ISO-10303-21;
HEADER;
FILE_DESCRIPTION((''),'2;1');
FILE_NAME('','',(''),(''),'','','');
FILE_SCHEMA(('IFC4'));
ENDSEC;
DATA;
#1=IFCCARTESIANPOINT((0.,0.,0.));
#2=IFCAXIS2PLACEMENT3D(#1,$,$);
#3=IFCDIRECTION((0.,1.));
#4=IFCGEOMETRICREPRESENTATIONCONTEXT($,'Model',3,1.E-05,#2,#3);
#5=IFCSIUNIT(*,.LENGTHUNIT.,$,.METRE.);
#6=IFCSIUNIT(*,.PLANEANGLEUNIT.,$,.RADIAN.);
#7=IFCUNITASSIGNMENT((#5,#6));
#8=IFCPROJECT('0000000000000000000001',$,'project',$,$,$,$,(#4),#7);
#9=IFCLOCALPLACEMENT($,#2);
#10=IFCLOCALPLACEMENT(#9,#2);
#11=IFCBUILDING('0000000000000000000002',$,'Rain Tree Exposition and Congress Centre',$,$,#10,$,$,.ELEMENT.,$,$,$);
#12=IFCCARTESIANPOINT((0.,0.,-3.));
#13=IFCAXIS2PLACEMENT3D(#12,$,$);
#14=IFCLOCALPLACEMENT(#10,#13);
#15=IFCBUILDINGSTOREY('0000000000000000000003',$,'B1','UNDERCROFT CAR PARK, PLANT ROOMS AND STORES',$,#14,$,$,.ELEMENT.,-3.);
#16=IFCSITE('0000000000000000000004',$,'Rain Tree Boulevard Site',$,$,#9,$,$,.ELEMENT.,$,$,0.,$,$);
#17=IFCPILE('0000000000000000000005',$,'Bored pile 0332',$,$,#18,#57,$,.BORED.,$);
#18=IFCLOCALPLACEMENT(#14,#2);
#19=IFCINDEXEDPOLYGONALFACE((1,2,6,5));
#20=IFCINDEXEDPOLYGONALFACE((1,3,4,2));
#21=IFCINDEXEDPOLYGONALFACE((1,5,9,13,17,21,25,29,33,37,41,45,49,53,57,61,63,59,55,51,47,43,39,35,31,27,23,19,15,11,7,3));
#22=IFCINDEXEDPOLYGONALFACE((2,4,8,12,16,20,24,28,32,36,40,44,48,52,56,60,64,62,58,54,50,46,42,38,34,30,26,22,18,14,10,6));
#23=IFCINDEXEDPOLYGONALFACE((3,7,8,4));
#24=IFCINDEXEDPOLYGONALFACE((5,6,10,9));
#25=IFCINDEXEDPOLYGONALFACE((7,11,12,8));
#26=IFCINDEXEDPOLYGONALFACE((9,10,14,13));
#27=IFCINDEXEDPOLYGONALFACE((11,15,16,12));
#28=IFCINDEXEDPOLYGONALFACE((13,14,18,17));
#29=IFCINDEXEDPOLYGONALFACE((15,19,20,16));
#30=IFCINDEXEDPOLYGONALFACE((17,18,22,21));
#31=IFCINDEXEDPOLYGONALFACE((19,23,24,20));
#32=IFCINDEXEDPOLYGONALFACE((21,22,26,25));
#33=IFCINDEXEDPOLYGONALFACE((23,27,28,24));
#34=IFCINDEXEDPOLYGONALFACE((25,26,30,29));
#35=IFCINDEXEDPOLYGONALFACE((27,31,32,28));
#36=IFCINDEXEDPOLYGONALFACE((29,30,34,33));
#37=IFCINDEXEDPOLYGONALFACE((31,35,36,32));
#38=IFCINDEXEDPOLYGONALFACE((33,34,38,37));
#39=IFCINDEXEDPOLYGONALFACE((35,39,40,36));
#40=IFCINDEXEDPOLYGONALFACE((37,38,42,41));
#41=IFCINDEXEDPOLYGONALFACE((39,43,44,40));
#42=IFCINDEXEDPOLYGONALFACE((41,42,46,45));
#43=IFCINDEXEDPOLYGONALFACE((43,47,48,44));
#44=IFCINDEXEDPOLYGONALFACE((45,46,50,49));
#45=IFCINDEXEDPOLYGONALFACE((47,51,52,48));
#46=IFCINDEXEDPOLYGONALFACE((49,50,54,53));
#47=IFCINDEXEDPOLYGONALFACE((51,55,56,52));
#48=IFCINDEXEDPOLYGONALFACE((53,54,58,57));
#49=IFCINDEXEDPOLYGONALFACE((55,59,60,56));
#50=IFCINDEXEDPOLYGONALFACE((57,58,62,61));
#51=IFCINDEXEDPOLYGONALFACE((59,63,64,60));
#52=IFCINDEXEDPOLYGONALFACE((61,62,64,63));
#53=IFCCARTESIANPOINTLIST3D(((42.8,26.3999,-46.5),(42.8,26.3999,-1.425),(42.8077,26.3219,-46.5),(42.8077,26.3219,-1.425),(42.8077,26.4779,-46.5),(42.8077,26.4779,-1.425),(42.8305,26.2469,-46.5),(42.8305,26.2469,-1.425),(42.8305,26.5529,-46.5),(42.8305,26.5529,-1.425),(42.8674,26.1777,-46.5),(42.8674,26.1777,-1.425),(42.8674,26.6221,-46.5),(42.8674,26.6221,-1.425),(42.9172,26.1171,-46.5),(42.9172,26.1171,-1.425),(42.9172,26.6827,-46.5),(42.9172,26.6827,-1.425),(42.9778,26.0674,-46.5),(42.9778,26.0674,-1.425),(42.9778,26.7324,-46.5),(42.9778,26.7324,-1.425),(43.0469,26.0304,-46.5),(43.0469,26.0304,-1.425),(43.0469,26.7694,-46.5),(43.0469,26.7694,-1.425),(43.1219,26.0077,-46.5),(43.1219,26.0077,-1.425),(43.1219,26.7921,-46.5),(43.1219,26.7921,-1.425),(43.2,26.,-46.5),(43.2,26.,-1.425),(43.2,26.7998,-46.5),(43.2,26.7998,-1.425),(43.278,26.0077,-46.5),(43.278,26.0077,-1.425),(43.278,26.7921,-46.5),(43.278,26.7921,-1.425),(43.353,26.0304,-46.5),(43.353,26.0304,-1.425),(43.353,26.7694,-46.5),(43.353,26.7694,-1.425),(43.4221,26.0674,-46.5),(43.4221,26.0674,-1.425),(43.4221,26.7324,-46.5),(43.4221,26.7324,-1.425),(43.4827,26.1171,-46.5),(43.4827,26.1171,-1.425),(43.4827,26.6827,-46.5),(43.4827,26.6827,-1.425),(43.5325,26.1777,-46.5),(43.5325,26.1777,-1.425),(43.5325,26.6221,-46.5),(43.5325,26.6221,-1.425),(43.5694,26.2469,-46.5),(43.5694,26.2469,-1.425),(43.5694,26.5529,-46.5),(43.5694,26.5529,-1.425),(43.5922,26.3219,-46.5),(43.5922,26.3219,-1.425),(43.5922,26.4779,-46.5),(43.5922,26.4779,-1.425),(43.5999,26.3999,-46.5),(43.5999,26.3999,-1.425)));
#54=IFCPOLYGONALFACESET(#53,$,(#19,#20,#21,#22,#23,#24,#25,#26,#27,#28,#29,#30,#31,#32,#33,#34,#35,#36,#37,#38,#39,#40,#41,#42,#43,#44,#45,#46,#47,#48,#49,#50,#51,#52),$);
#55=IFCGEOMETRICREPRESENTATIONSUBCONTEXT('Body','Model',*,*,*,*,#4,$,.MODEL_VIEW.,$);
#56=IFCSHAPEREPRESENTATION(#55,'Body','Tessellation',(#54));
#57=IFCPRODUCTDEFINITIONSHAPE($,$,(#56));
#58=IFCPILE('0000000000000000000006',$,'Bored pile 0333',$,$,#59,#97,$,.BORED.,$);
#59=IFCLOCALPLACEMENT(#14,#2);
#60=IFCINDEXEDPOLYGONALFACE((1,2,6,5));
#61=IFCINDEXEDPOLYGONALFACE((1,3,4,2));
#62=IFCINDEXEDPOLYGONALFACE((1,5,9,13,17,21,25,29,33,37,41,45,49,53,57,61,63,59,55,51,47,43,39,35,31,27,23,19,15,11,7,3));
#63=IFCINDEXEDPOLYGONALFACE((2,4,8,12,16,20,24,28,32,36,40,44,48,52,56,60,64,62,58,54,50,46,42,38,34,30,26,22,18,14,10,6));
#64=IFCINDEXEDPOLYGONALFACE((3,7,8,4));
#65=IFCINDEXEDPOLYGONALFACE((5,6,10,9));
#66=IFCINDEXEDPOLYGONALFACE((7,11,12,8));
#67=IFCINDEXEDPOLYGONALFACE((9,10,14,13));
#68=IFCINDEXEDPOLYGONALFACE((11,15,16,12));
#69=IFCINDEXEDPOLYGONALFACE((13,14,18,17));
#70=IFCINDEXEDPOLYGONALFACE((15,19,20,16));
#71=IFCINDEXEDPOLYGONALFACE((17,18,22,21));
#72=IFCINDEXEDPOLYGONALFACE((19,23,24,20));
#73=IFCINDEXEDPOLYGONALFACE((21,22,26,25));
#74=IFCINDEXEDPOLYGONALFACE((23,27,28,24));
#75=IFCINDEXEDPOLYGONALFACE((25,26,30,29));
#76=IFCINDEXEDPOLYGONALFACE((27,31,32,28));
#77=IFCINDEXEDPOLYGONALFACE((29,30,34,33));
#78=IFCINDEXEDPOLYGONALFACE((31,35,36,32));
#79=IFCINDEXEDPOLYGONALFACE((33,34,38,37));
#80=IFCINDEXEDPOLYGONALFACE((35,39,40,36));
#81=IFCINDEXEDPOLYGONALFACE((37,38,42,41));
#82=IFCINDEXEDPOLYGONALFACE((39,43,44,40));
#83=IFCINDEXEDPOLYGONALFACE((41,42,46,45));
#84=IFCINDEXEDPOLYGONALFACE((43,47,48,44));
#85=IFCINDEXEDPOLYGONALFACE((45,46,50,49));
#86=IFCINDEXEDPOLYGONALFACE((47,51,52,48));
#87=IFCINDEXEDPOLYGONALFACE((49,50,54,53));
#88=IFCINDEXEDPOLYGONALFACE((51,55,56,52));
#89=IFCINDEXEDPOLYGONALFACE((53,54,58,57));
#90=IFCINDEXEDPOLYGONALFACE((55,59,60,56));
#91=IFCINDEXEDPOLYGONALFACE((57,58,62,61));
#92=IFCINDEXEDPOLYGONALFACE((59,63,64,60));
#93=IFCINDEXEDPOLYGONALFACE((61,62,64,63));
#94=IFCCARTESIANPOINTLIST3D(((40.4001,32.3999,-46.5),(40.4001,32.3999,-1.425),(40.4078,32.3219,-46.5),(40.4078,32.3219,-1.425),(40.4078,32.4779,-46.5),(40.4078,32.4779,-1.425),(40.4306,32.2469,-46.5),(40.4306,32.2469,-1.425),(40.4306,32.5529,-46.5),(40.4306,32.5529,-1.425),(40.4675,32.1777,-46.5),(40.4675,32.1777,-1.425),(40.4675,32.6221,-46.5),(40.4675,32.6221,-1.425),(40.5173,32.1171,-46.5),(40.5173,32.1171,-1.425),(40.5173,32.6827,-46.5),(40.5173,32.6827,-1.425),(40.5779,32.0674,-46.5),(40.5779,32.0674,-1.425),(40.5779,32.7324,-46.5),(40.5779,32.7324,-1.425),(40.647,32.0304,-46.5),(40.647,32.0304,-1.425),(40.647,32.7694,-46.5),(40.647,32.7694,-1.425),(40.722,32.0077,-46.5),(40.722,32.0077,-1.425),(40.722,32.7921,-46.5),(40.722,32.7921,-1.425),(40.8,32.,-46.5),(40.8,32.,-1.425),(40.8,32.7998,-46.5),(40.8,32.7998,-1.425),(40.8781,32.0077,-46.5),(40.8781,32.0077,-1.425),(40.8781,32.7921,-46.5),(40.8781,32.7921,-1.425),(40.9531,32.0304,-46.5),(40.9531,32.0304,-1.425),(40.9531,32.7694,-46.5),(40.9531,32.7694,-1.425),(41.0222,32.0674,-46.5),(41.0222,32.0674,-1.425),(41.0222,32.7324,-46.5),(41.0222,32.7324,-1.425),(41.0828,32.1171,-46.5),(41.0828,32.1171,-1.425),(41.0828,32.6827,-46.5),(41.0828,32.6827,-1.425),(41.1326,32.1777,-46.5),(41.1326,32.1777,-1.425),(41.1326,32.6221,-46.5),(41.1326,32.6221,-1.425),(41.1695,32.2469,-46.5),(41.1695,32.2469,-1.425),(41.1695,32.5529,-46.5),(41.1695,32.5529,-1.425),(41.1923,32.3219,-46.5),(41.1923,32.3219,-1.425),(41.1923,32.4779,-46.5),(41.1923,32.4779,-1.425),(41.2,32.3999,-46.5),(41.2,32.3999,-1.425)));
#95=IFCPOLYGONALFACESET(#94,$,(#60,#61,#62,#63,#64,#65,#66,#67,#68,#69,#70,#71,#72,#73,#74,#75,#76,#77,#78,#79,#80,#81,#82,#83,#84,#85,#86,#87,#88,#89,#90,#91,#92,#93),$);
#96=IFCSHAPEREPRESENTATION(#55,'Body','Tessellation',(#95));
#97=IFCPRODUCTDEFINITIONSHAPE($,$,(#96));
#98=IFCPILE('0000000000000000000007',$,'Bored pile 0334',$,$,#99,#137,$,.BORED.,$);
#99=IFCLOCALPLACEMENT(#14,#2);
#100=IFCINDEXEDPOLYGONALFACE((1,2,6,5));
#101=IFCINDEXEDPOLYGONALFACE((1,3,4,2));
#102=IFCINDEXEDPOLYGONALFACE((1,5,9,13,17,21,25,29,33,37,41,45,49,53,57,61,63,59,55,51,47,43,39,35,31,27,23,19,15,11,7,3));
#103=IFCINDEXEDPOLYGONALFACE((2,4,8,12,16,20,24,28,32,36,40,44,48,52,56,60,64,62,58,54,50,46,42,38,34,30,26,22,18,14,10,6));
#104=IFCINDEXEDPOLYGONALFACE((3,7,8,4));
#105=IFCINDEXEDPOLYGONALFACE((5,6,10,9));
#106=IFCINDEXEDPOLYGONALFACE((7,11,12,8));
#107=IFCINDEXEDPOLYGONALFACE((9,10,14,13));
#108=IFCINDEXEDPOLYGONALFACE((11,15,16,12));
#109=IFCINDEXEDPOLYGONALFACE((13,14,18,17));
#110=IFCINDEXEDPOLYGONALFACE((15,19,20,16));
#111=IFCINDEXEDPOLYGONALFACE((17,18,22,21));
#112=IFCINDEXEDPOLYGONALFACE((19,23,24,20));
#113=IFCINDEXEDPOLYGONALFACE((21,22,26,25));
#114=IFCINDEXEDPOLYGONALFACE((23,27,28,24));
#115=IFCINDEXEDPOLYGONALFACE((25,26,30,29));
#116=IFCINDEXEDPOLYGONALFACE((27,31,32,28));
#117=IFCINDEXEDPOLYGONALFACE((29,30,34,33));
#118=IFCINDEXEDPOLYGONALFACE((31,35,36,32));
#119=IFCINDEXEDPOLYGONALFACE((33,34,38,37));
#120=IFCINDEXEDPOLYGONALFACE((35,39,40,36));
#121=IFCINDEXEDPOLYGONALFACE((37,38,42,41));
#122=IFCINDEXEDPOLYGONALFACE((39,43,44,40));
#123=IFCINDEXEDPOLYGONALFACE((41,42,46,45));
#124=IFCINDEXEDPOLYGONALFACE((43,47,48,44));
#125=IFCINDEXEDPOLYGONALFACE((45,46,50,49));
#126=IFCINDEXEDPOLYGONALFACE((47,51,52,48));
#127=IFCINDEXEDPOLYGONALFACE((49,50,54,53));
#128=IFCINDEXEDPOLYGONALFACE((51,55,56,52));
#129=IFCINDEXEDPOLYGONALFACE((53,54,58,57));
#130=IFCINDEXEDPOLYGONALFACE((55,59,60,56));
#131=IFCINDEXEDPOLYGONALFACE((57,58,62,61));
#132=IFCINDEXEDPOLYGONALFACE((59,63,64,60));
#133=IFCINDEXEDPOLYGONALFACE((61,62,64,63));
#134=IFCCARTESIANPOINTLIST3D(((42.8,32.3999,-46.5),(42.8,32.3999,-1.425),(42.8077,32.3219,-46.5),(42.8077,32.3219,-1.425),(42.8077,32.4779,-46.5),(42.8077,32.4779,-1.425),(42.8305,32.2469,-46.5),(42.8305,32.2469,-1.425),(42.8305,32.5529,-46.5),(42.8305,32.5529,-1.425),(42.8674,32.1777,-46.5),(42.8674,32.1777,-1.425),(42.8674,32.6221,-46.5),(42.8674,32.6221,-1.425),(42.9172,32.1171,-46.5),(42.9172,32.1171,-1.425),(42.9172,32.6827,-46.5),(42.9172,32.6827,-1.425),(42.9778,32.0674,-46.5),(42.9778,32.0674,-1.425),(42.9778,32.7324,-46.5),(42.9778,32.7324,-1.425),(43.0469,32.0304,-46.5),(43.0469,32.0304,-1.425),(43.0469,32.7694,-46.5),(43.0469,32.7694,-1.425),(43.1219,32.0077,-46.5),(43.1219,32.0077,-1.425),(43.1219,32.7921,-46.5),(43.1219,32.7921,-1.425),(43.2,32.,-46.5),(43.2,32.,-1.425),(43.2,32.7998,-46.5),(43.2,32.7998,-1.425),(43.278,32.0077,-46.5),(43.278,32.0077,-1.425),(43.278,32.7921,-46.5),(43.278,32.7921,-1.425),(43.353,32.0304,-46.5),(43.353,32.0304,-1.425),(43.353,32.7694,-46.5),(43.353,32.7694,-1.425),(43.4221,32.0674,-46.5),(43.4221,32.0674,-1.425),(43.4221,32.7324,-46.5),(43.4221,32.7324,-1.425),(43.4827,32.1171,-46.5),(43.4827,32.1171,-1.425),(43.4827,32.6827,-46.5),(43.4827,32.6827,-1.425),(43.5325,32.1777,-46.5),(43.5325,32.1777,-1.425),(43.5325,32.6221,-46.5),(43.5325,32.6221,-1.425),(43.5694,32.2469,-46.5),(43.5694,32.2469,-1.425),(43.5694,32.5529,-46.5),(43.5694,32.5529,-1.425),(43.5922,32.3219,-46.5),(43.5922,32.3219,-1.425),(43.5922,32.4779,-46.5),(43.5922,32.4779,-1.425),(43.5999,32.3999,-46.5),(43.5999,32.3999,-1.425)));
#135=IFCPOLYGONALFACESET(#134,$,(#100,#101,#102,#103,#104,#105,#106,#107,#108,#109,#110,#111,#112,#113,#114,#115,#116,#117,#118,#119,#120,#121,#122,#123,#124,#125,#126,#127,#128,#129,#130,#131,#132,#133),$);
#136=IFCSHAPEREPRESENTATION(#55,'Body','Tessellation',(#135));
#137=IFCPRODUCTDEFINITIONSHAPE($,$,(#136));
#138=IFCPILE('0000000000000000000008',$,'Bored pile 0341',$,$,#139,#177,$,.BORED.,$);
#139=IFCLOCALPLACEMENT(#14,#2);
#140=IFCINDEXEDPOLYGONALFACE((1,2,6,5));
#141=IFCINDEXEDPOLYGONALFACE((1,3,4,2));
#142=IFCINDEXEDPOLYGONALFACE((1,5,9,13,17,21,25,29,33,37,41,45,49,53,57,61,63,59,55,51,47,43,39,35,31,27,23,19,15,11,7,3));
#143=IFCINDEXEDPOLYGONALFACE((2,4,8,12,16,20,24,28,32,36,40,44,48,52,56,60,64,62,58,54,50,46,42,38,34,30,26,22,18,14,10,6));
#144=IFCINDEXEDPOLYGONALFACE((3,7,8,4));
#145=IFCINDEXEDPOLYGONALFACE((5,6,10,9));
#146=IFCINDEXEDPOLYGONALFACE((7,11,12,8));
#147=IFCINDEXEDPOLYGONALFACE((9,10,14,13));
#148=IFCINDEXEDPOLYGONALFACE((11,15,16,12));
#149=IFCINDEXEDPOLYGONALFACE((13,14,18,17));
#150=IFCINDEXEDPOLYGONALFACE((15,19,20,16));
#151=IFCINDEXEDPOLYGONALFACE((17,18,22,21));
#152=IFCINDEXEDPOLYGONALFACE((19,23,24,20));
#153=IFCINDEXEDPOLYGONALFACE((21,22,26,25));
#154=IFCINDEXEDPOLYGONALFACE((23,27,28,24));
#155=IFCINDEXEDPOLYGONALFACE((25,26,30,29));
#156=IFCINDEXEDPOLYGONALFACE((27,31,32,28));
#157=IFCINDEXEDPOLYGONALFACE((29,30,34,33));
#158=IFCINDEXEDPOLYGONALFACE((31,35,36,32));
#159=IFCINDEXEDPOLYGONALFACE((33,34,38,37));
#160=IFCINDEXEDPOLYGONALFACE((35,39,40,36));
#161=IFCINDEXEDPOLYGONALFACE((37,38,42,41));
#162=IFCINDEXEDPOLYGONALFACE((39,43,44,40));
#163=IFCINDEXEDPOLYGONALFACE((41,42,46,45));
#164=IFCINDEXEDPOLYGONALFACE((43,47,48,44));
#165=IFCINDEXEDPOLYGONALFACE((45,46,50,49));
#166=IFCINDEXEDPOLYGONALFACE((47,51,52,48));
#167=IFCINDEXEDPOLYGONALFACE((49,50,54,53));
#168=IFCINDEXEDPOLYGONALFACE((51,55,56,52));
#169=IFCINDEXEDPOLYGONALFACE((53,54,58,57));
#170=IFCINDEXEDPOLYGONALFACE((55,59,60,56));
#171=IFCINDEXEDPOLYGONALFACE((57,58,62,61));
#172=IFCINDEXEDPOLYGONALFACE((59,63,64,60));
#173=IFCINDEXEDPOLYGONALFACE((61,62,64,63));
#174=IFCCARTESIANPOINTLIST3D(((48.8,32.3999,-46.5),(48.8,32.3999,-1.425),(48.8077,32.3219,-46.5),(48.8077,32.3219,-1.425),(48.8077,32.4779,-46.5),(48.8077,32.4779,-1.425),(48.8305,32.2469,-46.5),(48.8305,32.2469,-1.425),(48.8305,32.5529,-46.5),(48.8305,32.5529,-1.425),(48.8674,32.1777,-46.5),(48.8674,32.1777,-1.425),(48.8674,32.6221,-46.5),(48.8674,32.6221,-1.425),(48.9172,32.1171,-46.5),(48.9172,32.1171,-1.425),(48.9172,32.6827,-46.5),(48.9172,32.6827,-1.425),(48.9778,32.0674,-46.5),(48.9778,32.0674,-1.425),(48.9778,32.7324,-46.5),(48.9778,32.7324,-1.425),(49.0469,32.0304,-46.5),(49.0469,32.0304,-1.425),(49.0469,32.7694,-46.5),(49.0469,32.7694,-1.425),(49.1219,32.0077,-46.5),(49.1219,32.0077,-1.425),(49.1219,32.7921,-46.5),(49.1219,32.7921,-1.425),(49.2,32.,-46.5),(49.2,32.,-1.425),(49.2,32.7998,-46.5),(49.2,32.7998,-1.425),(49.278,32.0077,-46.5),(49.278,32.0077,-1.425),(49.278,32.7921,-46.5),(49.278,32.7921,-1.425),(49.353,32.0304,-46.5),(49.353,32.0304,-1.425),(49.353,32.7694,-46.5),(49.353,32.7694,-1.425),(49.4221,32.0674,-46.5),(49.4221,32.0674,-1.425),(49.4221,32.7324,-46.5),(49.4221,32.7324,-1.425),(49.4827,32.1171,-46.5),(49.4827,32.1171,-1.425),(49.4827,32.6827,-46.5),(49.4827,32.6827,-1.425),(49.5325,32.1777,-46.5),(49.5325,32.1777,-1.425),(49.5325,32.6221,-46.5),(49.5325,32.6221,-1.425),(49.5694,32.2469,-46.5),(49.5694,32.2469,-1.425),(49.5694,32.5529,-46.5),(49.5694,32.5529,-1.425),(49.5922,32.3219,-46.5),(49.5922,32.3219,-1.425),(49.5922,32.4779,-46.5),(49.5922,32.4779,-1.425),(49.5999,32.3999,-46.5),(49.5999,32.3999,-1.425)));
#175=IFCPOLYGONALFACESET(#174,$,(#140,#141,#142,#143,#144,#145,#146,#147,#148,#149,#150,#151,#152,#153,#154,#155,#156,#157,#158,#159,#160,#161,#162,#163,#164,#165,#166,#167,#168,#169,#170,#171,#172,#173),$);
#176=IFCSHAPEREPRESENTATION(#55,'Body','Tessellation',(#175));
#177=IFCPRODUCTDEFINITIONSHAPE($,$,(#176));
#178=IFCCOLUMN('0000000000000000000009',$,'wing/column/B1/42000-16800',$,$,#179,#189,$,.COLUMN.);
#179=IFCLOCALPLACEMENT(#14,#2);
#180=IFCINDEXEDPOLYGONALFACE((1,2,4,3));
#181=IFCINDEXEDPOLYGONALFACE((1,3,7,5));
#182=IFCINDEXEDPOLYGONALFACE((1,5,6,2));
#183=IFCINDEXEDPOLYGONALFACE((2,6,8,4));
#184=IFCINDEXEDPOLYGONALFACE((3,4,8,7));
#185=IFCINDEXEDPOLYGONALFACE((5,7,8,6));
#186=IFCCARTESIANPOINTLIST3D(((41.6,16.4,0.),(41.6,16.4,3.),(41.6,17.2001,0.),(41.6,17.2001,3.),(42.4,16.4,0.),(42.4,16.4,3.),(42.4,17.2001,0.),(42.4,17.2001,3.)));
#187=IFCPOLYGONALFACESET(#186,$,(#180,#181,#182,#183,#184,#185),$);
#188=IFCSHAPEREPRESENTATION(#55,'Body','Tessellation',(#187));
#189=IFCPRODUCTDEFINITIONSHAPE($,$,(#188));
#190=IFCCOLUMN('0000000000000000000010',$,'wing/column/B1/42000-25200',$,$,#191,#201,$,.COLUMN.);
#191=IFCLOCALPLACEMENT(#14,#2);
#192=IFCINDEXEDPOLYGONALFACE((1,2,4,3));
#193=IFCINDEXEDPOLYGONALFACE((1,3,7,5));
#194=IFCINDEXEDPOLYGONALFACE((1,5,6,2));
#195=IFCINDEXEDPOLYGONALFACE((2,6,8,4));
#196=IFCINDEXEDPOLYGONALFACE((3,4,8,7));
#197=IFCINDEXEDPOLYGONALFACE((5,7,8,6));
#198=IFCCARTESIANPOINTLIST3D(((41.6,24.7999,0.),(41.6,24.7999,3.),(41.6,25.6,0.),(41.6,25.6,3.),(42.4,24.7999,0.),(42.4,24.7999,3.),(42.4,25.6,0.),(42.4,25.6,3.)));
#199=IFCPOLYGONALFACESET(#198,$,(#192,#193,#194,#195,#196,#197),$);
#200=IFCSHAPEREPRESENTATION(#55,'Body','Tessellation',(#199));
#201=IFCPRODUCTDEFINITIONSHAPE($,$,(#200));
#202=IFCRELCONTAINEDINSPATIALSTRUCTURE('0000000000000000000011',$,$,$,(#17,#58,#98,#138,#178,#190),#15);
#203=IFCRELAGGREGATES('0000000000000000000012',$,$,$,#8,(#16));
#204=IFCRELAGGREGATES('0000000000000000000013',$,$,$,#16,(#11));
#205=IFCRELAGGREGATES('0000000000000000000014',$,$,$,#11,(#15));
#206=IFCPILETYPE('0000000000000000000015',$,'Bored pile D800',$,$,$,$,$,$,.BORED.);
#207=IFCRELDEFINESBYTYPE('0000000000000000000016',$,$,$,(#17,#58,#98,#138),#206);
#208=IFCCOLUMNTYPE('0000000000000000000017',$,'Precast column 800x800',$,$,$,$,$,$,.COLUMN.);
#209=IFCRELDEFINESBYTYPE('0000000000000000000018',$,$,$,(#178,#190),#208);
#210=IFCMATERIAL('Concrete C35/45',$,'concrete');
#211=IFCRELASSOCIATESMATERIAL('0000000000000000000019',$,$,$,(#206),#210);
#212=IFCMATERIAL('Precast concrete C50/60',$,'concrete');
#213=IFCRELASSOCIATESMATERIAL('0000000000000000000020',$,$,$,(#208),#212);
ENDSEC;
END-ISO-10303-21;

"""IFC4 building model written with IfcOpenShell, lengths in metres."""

from ifc_helpers import new_model, si_unit, direction, frame, origin, origin_2d, place, context, subcontext, project, spatial, rectangle, circle, extrude, material, material_profile, profile_set, type_object, element, save


model = new_model("IFC4")

# Units and contexts
model_context = context("Model", 3, precision=1e-05, world=origin(), true_north=direction((0.0, 1.0)))
body_context = subcontext(model_context, "Body", "Model", "MODEL_VIEW")
ifc_project = project(units=[si_unit("LENGTHUNIT", "METRE"), si_unit("PLANEANGLEUNIT", "RADIAN")], contexts=[model_context])

# Site, building, storey
site_placement = place(None, origin())
site = spatial("IfcSite", under=ifc_project, at=site_placement, Name="Rain Tree Boulevard Site", CompositionType="ELEMENT", RefElevation=0.0)
building_placement = place(site_placement, origin())
building = spatial("IfcBuilding", under=site, at=building_placement, Name="Rain Tree Exposition and Congress Centre", CompositionType="ELEMENT")
storey_placement = place(building_placement, frame((0.0, 0.0, -3.0)))
storey = spatial("IfcBuildingStorey", under=building, at=storey_placement, Name="B1", Description="UNDERCROFT CAR PARK, PLANT ROOMS AND STORES", CompositionType="ELEMENT", Elevation=-3.0)

# Piles
ifc_material_1 = material(Name="Concrete C35/45", Category="concrete")
ifc_material_profile_1 = material_profile(ifc_material_1, circle(Radius=0.3999, at=origin_2d()), Name="D800")
ifc_profile_set_1 = profile_set([ifc_material_profile_1], Name="Concrete C35/45")
pile_type = type_object("IfcPileType", Name="Bored pile D800", PredefinedType="BORED", material=ifc_profile_set_1)
for number, where, z_axis, x_axis, name in (
    (1, (43.2, 26.3999, -1.425), (0.0, 0.0, -1.0), (1.0, 0.0, 0.0), "Bored pile 0332"),
    (2, (40.8, 32.3999, -1.425), (0.0, 0.0, -1.0), (1.0, 0.0, 0.0), "Bored pile 0333"),
    (3, (43.2, 32.3999, -1.425), (0.0, 0.0, -1.0), (1.0, 0.0, 0.0), "Bored pile 0334"),
    (4, (49.2, 32.3999, -1.425), (0.0, 0.0, -1.0), (1.0, 0.0, 0.0), "Bored pile 0341"),
):
    element("IfcPile", number, at=place(storey_placement, frame(where, z_axis=z_axis, x_axis=x_axis)), inside=storey, type_object=pile_type, Name=name, PredefinedType="BORED", context=body_context, shape_type="SweptSolid", body=[
        extrude(circle(Radius=0.3999, at=origin_2d()), origin(), (0.0, 0.0, 1.0), 45.075),
    ])

# Columns
ifc_material_2 = material(Name="Precast concrete C50/60", Category="concrete")
ifc_material_profile_2 = material_profile(ifc_material_2, rectangle(XDim=0.8, YDim=0.8, at=origin_2d()), Name="RC 800x800")
ifc_profile_set_2 = profile_set([ifc_material_profile_2], Name="Precast concrete C50/60")
column_type = type_object("IfcColumnType", Name="Precast column 800x800", PredefinedType="COLUMN", material=ifc_profile_set_2)
for number, where, z_axis, x_axis, name in (
    (5, (42.0, 16.8, 0.0), (0.0, 0.0, 1.0), (1.0, 0.0, 0.0), "wing/column/B1/42000-16800"),
    (6, (42.0, 25.2, 0.0), (0.0, 0.0, 1.0), (1.0, 0.0, 0.0), "wing/column/B1/42000-25200"),
):
    element("IfcColumn", number, at=place(storey_placement, frame(where, z_axis=z_axis, x_axis=x_axis)), inside=storey, type_object=column_type, Name=name, PredefinedType="COLUMN", context=body_context, shape_type="SweptSolid", body=[
        extrude(rectangle(XDim=0.8, YDim=0.8, at=origin_2d()), origin(), (0.0, 0.0, 1.0), 3.0),
    ])

save(model, "model.ifc")
